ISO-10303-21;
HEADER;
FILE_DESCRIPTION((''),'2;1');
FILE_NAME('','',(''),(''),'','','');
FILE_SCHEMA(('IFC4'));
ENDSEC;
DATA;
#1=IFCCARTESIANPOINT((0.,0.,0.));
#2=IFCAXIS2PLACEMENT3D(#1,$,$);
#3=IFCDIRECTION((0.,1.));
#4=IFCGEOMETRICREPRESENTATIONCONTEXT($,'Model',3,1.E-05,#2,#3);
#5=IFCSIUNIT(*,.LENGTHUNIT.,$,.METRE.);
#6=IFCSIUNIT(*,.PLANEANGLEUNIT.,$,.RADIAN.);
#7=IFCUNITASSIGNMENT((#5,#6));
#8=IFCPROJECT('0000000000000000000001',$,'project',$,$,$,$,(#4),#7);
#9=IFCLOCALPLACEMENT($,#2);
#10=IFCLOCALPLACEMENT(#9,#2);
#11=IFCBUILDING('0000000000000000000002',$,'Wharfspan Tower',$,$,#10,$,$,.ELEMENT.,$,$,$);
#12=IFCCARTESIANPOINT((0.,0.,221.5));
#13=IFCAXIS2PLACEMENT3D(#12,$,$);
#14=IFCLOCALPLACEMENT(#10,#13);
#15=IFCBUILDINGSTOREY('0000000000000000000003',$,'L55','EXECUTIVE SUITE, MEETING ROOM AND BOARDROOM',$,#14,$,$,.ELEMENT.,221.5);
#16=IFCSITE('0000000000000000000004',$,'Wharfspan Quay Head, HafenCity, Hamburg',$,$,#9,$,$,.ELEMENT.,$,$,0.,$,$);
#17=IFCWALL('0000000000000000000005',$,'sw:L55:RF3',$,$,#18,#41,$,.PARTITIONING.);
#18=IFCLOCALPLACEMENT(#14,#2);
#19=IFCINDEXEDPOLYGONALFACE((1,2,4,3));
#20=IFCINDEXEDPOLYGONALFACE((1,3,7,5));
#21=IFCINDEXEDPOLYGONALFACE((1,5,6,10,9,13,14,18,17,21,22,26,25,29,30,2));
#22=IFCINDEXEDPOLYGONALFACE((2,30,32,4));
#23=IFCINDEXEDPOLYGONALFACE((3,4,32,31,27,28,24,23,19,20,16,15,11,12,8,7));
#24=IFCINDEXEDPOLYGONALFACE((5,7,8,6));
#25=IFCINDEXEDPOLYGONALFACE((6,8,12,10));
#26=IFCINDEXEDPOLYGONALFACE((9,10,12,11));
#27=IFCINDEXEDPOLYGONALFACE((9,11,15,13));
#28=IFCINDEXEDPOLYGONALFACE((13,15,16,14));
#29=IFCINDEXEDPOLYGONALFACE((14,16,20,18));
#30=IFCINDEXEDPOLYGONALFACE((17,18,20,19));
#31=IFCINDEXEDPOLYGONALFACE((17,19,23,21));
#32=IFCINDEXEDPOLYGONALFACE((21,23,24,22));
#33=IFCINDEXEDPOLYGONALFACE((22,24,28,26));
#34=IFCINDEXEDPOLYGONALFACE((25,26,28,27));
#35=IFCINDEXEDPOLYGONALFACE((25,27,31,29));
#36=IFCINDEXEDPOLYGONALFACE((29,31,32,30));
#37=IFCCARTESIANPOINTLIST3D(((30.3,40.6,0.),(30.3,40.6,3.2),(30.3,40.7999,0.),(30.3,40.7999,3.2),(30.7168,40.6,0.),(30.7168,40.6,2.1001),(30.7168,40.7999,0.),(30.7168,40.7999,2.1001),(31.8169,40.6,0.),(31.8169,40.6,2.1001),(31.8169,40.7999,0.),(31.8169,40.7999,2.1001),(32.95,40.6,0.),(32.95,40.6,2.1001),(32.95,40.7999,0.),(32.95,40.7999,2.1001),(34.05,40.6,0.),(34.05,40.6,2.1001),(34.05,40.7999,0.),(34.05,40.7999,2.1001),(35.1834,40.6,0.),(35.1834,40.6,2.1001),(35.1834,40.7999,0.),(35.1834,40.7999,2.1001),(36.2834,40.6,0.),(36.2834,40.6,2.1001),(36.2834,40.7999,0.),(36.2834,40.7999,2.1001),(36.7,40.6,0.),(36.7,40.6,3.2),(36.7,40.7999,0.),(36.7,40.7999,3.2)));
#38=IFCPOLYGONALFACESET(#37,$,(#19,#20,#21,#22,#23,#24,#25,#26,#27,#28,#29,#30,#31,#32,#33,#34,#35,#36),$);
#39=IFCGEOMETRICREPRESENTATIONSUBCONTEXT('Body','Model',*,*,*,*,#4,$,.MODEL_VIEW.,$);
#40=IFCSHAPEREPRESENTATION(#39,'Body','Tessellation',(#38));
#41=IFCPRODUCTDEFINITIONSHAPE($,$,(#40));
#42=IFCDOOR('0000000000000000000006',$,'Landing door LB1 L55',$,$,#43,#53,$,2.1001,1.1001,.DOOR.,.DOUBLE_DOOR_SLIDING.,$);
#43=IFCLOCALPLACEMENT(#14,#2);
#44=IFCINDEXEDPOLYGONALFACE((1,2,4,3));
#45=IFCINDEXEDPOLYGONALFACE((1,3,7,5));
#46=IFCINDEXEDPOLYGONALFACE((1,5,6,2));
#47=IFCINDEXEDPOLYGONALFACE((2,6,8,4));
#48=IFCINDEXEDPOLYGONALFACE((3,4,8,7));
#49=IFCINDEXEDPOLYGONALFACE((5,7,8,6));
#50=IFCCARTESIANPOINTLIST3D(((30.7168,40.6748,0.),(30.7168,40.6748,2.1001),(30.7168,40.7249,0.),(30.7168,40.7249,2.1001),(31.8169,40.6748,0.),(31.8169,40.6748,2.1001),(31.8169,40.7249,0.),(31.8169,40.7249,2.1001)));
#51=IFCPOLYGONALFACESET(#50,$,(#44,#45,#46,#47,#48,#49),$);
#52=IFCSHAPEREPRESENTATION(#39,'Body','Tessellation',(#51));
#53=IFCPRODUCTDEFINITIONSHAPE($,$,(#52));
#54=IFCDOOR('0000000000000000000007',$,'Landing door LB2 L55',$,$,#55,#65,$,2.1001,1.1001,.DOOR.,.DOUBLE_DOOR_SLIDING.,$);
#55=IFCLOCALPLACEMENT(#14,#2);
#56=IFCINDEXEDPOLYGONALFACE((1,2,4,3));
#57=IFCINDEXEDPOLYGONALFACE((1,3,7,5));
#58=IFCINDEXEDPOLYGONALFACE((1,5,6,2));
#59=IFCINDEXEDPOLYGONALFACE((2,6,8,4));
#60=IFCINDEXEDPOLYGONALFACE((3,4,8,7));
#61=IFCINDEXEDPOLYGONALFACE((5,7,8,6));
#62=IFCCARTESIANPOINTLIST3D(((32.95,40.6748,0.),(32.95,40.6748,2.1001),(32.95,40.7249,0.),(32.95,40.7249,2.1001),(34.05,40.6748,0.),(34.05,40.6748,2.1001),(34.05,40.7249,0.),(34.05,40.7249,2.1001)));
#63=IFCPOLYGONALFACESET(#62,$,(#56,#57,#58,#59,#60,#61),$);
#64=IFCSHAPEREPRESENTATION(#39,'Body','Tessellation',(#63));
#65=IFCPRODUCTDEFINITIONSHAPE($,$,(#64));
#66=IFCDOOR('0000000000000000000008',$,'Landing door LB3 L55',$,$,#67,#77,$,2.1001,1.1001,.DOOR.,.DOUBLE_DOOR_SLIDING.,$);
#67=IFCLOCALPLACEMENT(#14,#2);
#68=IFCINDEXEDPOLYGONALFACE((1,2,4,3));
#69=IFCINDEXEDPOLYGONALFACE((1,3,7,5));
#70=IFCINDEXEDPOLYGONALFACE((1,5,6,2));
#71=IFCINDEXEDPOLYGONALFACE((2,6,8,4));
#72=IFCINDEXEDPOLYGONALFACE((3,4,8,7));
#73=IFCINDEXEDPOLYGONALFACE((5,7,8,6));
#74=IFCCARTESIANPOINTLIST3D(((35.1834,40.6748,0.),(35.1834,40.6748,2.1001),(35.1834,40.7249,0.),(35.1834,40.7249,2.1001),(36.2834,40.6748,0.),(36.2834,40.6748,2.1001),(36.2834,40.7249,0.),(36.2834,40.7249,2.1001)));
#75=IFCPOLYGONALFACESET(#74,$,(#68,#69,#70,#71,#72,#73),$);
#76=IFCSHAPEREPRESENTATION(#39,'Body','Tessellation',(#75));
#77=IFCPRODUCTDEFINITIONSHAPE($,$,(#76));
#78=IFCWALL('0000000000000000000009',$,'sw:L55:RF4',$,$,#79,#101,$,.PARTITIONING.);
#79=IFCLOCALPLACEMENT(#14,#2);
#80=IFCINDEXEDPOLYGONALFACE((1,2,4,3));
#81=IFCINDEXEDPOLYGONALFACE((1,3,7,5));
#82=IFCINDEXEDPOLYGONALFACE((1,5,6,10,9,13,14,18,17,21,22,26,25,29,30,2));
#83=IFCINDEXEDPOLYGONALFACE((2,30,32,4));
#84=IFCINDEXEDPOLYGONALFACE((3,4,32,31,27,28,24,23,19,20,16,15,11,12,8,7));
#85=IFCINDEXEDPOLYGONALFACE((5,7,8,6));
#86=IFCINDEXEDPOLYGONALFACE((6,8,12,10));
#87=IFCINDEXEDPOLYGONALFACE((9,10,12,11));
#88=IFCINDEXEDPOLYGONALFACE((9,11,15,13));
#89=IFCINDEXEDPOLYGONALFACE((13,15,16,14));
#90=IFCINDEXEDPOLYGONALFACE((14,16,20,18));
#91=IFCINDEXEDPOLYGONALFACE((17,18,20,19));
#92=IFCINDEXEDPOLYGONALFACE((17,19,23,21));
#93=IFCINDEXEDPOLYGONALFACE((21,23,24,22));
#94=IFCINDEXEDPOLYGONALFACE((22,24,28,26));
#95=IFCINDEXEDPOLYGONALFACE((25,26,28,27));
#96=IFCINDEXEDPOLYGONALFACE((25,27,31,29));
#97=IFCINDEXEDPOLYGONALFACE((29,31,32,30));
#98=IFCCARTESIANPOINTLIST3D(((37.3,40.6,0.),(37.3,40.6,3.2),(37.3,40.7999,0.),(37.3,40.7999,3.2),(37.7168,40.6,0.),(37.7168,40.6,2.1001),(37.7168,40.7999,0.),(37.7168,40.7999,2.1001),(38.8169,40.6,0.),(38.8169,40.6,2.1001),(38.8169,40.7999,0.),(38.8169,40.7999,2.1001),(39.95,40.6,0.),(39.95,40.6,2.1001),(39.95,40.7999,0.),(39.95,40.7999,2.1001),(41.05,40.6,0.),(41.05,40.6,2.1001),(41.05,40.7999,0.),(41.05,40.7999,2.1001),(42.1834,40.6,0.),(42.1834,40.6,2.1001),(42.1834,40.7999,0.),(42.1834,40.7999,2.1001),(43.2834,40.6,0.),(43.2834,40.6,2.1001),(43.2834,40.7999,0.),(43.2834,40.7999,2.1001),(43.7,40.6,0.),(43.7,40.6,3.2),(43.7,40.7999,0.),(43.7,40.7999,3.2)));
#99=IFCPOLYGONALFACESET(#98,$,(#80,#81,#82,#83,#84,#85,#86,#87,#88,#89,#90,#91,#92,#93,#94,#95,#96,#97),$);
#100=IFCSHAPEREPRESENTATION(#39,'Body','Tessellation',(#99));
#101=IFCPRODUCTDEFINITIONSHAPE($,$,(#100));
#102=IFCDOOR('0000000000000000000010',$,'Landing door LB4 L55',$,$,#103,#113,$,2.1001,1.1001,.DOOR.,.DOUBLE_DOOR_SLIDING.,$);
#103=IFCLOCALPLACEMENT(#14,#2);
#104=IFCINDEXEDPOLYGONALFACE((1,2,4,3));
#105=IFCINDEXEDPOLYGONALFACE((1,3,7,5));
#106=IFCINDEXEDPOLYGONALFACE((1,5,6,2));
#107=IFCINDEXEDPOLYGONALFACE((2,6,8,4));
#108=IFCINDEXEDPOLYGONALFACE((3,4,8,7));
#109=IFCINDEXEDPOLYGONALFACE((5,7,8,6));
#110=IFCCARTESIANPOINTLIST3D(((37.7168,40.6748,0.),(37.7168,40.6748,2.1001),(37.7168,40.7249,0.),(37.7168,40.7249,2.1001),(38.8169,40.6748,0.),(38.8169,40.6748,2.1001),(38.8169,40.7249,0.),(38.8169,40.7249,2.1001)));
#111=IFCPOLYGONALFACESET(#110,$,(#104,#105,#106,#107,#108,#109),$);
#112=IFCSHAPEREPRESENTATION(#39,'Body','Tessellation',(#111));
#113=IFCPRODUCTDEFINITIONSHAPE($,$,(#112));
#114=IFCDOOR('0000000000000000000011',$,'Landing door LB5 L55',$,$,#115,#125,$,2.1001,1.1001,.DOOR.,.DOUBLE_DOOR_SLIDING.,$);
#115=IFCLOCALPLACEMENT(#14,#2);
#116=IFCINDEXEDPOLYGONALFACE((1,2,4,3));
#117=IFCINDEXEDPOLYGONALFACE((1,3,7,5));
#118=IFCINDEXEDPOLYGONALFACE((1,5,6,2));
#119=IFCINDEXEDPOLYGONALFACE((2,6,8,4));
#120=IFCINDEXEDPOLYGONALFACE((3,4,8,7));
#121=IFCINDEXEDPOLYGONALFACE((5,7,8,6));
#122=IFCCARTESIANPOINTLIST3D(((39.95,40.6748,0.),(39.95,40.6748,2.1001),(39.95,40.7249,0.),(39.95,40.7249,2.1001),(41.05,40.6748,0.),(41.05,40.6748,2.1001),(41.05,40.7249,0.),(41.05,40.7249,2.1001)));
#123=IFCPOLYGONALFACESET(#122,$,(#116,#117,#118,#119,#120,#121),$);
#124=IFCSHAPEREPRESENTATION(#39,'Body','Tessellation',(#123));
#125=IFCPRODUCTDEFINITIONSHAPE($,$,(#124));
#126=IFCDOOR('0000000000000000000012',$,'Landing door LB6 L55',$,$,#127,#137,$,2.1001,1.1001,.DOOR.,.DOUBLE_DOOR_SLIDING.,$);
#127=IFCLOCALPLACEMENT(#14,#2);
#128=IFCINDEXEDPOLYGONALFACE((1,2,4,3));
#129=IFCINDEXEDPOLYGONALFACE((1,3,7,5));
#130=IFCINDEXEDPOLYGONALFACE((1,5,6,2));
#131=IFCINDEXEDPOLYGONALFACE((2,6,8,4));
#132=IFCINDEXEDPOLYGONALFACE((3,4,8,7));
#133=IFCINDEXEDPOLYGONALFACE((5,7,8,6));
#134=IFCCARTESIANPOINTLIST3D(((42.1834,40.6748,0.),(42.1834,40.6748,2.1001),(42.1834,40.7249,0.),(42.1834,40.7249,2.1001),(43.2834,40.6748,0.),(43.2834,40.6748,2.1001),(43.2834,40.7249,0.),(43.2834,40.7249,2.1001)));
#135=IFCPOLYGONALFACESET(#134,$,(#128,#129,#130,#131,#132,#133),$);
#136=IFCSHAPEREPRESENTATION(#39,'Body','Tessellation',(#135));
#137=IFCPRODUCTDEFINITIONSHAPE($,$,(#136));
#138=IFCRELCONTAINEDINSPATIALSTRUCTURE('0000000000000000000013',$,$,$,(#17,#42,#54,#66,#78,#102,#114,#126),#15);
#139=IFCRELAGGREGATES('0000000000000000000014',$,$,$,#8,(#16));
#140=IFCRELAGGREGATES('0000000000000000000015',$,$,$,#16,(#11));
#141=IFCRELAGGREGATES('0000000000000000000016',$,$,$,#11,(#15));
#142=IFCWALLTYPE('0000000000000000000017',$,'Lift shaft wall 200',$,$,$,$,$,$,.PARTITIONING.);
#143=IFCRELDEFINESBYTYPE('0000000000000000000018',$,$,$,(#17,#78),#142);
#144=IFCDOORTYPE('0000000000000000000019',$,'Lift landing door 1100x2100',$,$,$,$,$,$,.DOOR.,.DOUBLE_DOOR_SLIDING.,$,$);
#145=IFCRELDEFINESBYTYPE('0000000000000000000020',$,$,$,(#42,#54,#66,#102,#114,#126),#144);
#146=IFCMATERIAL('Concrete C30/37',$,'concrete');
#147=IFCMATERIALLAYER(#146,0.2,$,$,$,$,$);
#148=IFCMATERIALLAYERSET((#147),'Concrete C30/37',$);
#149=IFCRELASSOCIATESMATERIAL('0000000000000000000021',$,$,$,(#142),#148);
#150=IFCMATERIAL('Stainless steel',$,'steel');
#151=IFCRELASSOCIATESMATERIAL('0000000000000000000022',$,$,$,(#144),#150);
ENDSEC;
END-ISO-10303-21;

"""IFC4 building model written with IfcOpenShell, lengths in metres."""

from ifc_helpers import new_model, si_unit, direction, frame, frame_2d, origin, place, context, subcontext, project, spatial, rectangle, extrude, material, layer, layer_set, type_object, element, fill, save


model = new_model("IFC4")

# Units and contexts
model_context = context("Model", 3, precision=1e-05, world=origin(), true_north=direction((0.0, 1.0)))
body_context = subcontext(model_context, "Body", "Model", "MODEL_VIEW")
ifc_project = project(units=[si_unit("LENGTHUNIT", "METRE"), si_unit("PLANEANGLEUNIT", "RADIAN")], contexts=[model_context])

# Site, building, storey
site_placement = place(None, origin())
site = spatial("IfcSite", under=ifc_project, at=site_placement, Name="Wharfspan Quay Head, HafenCity, Hamburg", CompositionType="ELEMENT", RefElevation=0.0)
building_placement = place(site_placement, origin())
building = spatial("IfcBuilding", under=site, at=building_placement, Name="Wharfspan Tower", CompositionType="ELEMENT")
storey_placement = place(building_placement, frame((0.0, 0.0, 221.5)))
storey = spatial("IfcBuildingStorey", under=building, at=storey_placement, Name="L55", Description="EXECUTIVE SUITE, MEETING ROOM AND BOARDROOM", CompositionType="ELEMENT", Elevation=221.5)

# Walls, openings, doors
ifc_material_1 = material(Name="Concrete C30/37", Category="concrete")
ifc_layer_1 = layer(ifc_material_1, 0.2)
ifc_layer_set_1 = layer_set([ifc_layer_1], Name="Concrete C30/37")
wall_type_1 = type_object("IfcWallType", Name="Lift shaft wall 200", PredefinedType="PARTITIONING", material=ifc_layer_set_1)
wall_1_placement = place(storey_placement, frame((30.3, 40.7, 0.0), z_axis=(0.0, 0.0, 1.0), x_axis=(1.0, 0.0, 0.0)))
wall_1 = element("IfcWall", 1, at=wall_1_placement, inside=storey, type_object=wall_type_1, Name="sw:L55:RF3", PredefinedType="PARTITIONING", context=body_context, shape_type="SweptSolid", body=[
    extrude(rectangle(XDim=6.3999, YDim=0.2, at=frame_2d((3.2, 0.0))), origin(), (0.0, 0.0, 1.0), 3.2),
])
opening_1_placement = place(wall_1_placement, frame((0.4167, 0.0, 0.0)))
opening_1 = element("IfcOpeningElement", 2, at=opening_1_placement, cuts=wall_1, PredefinedType="OPENING", context=body_context, shape_type="SweptSolid", body=[
    extrude(rectangle(XDim=1.1001, YDim=2.1001, at=frame_2d((0.55, 1.05))), frame((0.0, 0.1099, 0.0), z_axis=(0.0, -1.0, 0.0), x_axis=(1.0, 0.0, 0.0)), (0.0, 0.0, 1.0), 0.22),
])
opening_2_placement = place(wall_1_placement, frame((2.6499, 0.0, 0.0)))
opening_2 = element("IfcOpeningElement", 3, at=opening_2_placement, cuts=wall_1, PredefinedType="OPENING", context=body_context, shape_type="SweptSolid", body=[
    extrude(rectangle(XDim=1.1001, YDim=2.1001, at=frame_2d((0.55, 1.05))), frame((0.0, 0.1099, 0.0), z_axis=(0.0, -1.0, 0.0), x_axis=(1.0, 0.0, 0.0)), (0.0, 0.0, 1.0), 0.22),
])
opening_3_placement = place(wall_1_placement, frame((4.8833, 0.0, 0.0)))
opening_3 = element("IfcOpeningElement", 4, at=opening_3_placement, cuts=wall_1, PredefinedType="OPENING", context=body_context, shape_type="SweptSolid", body=[
    extrude(rectangle(XDim=1.1001, YDim=2.1001, at=frame_2d((0.55, 1.05))), frame((0.0, 0.1099, 0.0), z_axis=(0.0, -1.0, 0.0), x_axis=(1.0, 0.0, 0.0)), (0.0, 0.0, 1.0), 0.22),
])
ifc_material_2 = material(Name="Stainless steel", Category="steel")
door_type_1 = type_object("IfcDoorType", Name="Lift landing door 1100x2100", OperationType="DOUBLE_DOOR_SLIDING", PredefinedType="DOOR", material=ifc_material_2)
door_1_placement = place(opening_1_placement, origin())
door_1 = element("IfcDoor", 5, at=door_1_placement, inside=storey, type_object=door_type_1, Name="Landing door LB1 L55", OperationType="DOUBLE_DOOR_SLIDING", OverallHeight=2.1001, OverallWidth=1.1001, PredefinedType="DOOR", context=body_context, shape_type="SweptSolid", body=[
    extrude(rectangle(XDim=1.1001, YDim=2.1001, at=frame_2d((0.55, 1.05))), frame((0.0, 0.0249, 0.0), z_axis=(0.0, -1.0, 0.0), x_axis=(1.0, 0.0, 0.0)), (0.0, 0.0, 1.0), 0.05),
])
fill(opening_1, door_1)
door_2_placement = place(opening_2_placement, origin())
door_2 = element("IfcDoor", 6, at=door_2_placement, inside=storey, type_object=door_type_1, Name="Landing door LB2 L55", OperationType="DOUBLE_DOOR_SLIDING", OverallHeight=2.1001, OverallWidth=1.1001, PredefinedType="DOOR", context=body_context, shape_type="SweptSolid", body=[
    extrude(rectangle(XDim=1.1001, YDim=2.1001, at=frame_2d((0.55, 1.05))), frame((0.0, 0.0249, 0.0), z_axis=(0.0, -1.0, 0.0), x_axis=(1.0, 0.0, 0.0)), (0.0, 0.0, 1.0), 0.05),
])
fill(opening_2, door_2)
door_3_placement = place(opening_3_placement, origin())
door_3 = element("IfcDoor", 7, at=door_3_placement, inside=storey, type_object=door_type_1, Name="Landing door LB3 L55", OperationType="DOUBLE_DOOR_SLIDING", OverallHeight=2.1001, OverallWidth=1.1001, PredefinedType="DOOR", context=body_context, shape_type="SweptSolid", body=[
    extrude(rectangle(XDim=1.1001, YDim=2.1001, at=frame_2d((0.55, 1.05))), frame((0.0, 0.0249, 0.0), z_axis=(0.0, -1.0, 0.0), x_axis=(1.0, 0.0, 0.0)), (0.0, 0.0, 1.0), 0.05),
])
fill(opening_3, door_3)
wall_2_placement = place(storey_placement, frame((37.3, 40.7, 0.0), z_axis=(0.0, 0.0, 1.0), x_axis=(1.0, 0.0, 0.0)))
wall_2 = element("IfcWall", 8, at=wall_2_placement, inside=storey, type_object=wall_type_1, Name="sw:L55:RF4", PredefinedType="PARTITIONING", context=body_context, shape_type="SweptSolid", body=[
    extrude(rectangle(XDim=6.3999, YDim=0.2, at=frame_2d((3.2, 0.0))), origin(), (0.0, 0.0, 1.0), 3.2),
])
opening_4_placement = place(wall_2_placement, frame((0.4167, 0.0, 0.0)))
opening_4 = element("IfcOpeningElement", 9, at=opening_4_placement, cuts=wall_2, PredefinedType="OPENING", context=body_context, shape_type="SweptSolid", body=[
    extrude(rectangle(XDim=1.1001, YDim=2.1001, at=frame_2d((0.55, 1.05))), frame((0.0, 0.1099, 0.0), z_axis=(0.0, -1.0, 0.0), x_axis=(1.0, 0.0, 0.0)), (0.0, 0.0, 1.0), 0.22),
])
opening_5_placement = place(wall_2_placement, frame((2.6499, 0.0, 0.0)))
opening_5 = element("IfcOpeningElement", 10, at=opening_5_placement, cuts=wall_2, PredefinedType="OPENING", context=body_context, shape_type="SweptSolid", body=[
    extrude(rectangle(XDim=1.1001, YDim=2.1001, at=frame_2d((0.55, 1.05))), frame((0.0, 0.1099, 0.0), z_axis=(0.0, -1.0, 0.0), x_axis=(1.0, 0.0, 0.0)), (0.0, 0.0, 1.0), 0.22),
])
opening_6_placement = place(wall_2_placement, frame((4.8833, 0.0, 0.0)))
opening_6 = element("IfcOpeningElement", 11, at=opening_6_placement, cuts=wall_2, PredefinedType="OPENING", context=body_context, shape_type="SweptSolid", body=[
    extrude(rectangle(XDim=1.1001, YDim=2.1001, at=frame_2d((0.55, 1.05))), frame((0.0, 0.1099, 0.0), z_axis=(0.0, -1.0, 0.0), x_axis=(1.0, 0.0, 0.0)), (0.0, 0.0, 1.0), 0.22),
])
door_4_placement = place(opening_4_placement, origin())
door_4 = element("IfcDoor", 12, at=door_4_placement, inside=storey, type_object=door_type_1, Name="Landing door LB4 L55", OperationType="DOUBLE_DOOR_SLIDING", OverallHeight=2.1001, OverallWidth=1.1001, PredefinedType="DOOR", context=body_context, shape_type="SweptSolid", body=[
    extrude(rectangle(XDim=1.1001, YDim=2.1001, at=frame_2d((0.55, 1.05))), frame((0.0, 0.0249, 0.0), z_axis=(0.0, -1.0, 0.0), x_axis=(1.0, 0.0, 0.0)), (0.0, 0.0, 1.0), 0.05),
])
fill(opening_4, door_4)
door_5_placement = place(opening_5_placement, origin())
door_5 = element("IfcDoor", 13, at=door_5_placement, inside=storey, type_object=door_type_1, Name="Landing door LB5 L55", OperationType="DOUBLE_DOOR_SLIDING", OverallHeight=2.1001, OverallWidth=1.1001, PredefinedType="DOOR", context=body_context, shape_type="SweptSolid", body=[
    extrude(rectangle(XDim=1.1001, YDim=2.1001, at=frame_2d((0.55, 1.05))), frame((0.0, 0.0249, 0.0), z_axis=(0.0, -1.0, 0.0), x_axis=(1.0, 0.0, 0.0)), (0.0, 0.0, 1.0), 0.05),
])
fill(opening_5, door_5)
door_6_placement = place(opening_6_placement, origin())
door_6 = element("IfcDoor", 14, at=door_6_placement, inside=storey, type_object=door_type_1, Name="Landing door LB6 L55", OperationType="DOUBLE_DOOR_SLIDING", OverallHeight=2.1001, OverallWidth=1.1001, PredefinedType="DOOR", context=body_context, shape_type="SweptSolid", body=[
    extrude(rectangle(XDim=1.1001, YDim=2.1001, at=frame_2d((0.55, 1.05))), frame((0.0, 0.0249, 0.0), z_axis=(0.0, -1.0, 0.0), x_axis=(1.0, 0.0, 0.0)), (0.0, 0.0, 1.0), 0.05),
])
fill(opening_6, door_6)

save(model, "model.ifc")
